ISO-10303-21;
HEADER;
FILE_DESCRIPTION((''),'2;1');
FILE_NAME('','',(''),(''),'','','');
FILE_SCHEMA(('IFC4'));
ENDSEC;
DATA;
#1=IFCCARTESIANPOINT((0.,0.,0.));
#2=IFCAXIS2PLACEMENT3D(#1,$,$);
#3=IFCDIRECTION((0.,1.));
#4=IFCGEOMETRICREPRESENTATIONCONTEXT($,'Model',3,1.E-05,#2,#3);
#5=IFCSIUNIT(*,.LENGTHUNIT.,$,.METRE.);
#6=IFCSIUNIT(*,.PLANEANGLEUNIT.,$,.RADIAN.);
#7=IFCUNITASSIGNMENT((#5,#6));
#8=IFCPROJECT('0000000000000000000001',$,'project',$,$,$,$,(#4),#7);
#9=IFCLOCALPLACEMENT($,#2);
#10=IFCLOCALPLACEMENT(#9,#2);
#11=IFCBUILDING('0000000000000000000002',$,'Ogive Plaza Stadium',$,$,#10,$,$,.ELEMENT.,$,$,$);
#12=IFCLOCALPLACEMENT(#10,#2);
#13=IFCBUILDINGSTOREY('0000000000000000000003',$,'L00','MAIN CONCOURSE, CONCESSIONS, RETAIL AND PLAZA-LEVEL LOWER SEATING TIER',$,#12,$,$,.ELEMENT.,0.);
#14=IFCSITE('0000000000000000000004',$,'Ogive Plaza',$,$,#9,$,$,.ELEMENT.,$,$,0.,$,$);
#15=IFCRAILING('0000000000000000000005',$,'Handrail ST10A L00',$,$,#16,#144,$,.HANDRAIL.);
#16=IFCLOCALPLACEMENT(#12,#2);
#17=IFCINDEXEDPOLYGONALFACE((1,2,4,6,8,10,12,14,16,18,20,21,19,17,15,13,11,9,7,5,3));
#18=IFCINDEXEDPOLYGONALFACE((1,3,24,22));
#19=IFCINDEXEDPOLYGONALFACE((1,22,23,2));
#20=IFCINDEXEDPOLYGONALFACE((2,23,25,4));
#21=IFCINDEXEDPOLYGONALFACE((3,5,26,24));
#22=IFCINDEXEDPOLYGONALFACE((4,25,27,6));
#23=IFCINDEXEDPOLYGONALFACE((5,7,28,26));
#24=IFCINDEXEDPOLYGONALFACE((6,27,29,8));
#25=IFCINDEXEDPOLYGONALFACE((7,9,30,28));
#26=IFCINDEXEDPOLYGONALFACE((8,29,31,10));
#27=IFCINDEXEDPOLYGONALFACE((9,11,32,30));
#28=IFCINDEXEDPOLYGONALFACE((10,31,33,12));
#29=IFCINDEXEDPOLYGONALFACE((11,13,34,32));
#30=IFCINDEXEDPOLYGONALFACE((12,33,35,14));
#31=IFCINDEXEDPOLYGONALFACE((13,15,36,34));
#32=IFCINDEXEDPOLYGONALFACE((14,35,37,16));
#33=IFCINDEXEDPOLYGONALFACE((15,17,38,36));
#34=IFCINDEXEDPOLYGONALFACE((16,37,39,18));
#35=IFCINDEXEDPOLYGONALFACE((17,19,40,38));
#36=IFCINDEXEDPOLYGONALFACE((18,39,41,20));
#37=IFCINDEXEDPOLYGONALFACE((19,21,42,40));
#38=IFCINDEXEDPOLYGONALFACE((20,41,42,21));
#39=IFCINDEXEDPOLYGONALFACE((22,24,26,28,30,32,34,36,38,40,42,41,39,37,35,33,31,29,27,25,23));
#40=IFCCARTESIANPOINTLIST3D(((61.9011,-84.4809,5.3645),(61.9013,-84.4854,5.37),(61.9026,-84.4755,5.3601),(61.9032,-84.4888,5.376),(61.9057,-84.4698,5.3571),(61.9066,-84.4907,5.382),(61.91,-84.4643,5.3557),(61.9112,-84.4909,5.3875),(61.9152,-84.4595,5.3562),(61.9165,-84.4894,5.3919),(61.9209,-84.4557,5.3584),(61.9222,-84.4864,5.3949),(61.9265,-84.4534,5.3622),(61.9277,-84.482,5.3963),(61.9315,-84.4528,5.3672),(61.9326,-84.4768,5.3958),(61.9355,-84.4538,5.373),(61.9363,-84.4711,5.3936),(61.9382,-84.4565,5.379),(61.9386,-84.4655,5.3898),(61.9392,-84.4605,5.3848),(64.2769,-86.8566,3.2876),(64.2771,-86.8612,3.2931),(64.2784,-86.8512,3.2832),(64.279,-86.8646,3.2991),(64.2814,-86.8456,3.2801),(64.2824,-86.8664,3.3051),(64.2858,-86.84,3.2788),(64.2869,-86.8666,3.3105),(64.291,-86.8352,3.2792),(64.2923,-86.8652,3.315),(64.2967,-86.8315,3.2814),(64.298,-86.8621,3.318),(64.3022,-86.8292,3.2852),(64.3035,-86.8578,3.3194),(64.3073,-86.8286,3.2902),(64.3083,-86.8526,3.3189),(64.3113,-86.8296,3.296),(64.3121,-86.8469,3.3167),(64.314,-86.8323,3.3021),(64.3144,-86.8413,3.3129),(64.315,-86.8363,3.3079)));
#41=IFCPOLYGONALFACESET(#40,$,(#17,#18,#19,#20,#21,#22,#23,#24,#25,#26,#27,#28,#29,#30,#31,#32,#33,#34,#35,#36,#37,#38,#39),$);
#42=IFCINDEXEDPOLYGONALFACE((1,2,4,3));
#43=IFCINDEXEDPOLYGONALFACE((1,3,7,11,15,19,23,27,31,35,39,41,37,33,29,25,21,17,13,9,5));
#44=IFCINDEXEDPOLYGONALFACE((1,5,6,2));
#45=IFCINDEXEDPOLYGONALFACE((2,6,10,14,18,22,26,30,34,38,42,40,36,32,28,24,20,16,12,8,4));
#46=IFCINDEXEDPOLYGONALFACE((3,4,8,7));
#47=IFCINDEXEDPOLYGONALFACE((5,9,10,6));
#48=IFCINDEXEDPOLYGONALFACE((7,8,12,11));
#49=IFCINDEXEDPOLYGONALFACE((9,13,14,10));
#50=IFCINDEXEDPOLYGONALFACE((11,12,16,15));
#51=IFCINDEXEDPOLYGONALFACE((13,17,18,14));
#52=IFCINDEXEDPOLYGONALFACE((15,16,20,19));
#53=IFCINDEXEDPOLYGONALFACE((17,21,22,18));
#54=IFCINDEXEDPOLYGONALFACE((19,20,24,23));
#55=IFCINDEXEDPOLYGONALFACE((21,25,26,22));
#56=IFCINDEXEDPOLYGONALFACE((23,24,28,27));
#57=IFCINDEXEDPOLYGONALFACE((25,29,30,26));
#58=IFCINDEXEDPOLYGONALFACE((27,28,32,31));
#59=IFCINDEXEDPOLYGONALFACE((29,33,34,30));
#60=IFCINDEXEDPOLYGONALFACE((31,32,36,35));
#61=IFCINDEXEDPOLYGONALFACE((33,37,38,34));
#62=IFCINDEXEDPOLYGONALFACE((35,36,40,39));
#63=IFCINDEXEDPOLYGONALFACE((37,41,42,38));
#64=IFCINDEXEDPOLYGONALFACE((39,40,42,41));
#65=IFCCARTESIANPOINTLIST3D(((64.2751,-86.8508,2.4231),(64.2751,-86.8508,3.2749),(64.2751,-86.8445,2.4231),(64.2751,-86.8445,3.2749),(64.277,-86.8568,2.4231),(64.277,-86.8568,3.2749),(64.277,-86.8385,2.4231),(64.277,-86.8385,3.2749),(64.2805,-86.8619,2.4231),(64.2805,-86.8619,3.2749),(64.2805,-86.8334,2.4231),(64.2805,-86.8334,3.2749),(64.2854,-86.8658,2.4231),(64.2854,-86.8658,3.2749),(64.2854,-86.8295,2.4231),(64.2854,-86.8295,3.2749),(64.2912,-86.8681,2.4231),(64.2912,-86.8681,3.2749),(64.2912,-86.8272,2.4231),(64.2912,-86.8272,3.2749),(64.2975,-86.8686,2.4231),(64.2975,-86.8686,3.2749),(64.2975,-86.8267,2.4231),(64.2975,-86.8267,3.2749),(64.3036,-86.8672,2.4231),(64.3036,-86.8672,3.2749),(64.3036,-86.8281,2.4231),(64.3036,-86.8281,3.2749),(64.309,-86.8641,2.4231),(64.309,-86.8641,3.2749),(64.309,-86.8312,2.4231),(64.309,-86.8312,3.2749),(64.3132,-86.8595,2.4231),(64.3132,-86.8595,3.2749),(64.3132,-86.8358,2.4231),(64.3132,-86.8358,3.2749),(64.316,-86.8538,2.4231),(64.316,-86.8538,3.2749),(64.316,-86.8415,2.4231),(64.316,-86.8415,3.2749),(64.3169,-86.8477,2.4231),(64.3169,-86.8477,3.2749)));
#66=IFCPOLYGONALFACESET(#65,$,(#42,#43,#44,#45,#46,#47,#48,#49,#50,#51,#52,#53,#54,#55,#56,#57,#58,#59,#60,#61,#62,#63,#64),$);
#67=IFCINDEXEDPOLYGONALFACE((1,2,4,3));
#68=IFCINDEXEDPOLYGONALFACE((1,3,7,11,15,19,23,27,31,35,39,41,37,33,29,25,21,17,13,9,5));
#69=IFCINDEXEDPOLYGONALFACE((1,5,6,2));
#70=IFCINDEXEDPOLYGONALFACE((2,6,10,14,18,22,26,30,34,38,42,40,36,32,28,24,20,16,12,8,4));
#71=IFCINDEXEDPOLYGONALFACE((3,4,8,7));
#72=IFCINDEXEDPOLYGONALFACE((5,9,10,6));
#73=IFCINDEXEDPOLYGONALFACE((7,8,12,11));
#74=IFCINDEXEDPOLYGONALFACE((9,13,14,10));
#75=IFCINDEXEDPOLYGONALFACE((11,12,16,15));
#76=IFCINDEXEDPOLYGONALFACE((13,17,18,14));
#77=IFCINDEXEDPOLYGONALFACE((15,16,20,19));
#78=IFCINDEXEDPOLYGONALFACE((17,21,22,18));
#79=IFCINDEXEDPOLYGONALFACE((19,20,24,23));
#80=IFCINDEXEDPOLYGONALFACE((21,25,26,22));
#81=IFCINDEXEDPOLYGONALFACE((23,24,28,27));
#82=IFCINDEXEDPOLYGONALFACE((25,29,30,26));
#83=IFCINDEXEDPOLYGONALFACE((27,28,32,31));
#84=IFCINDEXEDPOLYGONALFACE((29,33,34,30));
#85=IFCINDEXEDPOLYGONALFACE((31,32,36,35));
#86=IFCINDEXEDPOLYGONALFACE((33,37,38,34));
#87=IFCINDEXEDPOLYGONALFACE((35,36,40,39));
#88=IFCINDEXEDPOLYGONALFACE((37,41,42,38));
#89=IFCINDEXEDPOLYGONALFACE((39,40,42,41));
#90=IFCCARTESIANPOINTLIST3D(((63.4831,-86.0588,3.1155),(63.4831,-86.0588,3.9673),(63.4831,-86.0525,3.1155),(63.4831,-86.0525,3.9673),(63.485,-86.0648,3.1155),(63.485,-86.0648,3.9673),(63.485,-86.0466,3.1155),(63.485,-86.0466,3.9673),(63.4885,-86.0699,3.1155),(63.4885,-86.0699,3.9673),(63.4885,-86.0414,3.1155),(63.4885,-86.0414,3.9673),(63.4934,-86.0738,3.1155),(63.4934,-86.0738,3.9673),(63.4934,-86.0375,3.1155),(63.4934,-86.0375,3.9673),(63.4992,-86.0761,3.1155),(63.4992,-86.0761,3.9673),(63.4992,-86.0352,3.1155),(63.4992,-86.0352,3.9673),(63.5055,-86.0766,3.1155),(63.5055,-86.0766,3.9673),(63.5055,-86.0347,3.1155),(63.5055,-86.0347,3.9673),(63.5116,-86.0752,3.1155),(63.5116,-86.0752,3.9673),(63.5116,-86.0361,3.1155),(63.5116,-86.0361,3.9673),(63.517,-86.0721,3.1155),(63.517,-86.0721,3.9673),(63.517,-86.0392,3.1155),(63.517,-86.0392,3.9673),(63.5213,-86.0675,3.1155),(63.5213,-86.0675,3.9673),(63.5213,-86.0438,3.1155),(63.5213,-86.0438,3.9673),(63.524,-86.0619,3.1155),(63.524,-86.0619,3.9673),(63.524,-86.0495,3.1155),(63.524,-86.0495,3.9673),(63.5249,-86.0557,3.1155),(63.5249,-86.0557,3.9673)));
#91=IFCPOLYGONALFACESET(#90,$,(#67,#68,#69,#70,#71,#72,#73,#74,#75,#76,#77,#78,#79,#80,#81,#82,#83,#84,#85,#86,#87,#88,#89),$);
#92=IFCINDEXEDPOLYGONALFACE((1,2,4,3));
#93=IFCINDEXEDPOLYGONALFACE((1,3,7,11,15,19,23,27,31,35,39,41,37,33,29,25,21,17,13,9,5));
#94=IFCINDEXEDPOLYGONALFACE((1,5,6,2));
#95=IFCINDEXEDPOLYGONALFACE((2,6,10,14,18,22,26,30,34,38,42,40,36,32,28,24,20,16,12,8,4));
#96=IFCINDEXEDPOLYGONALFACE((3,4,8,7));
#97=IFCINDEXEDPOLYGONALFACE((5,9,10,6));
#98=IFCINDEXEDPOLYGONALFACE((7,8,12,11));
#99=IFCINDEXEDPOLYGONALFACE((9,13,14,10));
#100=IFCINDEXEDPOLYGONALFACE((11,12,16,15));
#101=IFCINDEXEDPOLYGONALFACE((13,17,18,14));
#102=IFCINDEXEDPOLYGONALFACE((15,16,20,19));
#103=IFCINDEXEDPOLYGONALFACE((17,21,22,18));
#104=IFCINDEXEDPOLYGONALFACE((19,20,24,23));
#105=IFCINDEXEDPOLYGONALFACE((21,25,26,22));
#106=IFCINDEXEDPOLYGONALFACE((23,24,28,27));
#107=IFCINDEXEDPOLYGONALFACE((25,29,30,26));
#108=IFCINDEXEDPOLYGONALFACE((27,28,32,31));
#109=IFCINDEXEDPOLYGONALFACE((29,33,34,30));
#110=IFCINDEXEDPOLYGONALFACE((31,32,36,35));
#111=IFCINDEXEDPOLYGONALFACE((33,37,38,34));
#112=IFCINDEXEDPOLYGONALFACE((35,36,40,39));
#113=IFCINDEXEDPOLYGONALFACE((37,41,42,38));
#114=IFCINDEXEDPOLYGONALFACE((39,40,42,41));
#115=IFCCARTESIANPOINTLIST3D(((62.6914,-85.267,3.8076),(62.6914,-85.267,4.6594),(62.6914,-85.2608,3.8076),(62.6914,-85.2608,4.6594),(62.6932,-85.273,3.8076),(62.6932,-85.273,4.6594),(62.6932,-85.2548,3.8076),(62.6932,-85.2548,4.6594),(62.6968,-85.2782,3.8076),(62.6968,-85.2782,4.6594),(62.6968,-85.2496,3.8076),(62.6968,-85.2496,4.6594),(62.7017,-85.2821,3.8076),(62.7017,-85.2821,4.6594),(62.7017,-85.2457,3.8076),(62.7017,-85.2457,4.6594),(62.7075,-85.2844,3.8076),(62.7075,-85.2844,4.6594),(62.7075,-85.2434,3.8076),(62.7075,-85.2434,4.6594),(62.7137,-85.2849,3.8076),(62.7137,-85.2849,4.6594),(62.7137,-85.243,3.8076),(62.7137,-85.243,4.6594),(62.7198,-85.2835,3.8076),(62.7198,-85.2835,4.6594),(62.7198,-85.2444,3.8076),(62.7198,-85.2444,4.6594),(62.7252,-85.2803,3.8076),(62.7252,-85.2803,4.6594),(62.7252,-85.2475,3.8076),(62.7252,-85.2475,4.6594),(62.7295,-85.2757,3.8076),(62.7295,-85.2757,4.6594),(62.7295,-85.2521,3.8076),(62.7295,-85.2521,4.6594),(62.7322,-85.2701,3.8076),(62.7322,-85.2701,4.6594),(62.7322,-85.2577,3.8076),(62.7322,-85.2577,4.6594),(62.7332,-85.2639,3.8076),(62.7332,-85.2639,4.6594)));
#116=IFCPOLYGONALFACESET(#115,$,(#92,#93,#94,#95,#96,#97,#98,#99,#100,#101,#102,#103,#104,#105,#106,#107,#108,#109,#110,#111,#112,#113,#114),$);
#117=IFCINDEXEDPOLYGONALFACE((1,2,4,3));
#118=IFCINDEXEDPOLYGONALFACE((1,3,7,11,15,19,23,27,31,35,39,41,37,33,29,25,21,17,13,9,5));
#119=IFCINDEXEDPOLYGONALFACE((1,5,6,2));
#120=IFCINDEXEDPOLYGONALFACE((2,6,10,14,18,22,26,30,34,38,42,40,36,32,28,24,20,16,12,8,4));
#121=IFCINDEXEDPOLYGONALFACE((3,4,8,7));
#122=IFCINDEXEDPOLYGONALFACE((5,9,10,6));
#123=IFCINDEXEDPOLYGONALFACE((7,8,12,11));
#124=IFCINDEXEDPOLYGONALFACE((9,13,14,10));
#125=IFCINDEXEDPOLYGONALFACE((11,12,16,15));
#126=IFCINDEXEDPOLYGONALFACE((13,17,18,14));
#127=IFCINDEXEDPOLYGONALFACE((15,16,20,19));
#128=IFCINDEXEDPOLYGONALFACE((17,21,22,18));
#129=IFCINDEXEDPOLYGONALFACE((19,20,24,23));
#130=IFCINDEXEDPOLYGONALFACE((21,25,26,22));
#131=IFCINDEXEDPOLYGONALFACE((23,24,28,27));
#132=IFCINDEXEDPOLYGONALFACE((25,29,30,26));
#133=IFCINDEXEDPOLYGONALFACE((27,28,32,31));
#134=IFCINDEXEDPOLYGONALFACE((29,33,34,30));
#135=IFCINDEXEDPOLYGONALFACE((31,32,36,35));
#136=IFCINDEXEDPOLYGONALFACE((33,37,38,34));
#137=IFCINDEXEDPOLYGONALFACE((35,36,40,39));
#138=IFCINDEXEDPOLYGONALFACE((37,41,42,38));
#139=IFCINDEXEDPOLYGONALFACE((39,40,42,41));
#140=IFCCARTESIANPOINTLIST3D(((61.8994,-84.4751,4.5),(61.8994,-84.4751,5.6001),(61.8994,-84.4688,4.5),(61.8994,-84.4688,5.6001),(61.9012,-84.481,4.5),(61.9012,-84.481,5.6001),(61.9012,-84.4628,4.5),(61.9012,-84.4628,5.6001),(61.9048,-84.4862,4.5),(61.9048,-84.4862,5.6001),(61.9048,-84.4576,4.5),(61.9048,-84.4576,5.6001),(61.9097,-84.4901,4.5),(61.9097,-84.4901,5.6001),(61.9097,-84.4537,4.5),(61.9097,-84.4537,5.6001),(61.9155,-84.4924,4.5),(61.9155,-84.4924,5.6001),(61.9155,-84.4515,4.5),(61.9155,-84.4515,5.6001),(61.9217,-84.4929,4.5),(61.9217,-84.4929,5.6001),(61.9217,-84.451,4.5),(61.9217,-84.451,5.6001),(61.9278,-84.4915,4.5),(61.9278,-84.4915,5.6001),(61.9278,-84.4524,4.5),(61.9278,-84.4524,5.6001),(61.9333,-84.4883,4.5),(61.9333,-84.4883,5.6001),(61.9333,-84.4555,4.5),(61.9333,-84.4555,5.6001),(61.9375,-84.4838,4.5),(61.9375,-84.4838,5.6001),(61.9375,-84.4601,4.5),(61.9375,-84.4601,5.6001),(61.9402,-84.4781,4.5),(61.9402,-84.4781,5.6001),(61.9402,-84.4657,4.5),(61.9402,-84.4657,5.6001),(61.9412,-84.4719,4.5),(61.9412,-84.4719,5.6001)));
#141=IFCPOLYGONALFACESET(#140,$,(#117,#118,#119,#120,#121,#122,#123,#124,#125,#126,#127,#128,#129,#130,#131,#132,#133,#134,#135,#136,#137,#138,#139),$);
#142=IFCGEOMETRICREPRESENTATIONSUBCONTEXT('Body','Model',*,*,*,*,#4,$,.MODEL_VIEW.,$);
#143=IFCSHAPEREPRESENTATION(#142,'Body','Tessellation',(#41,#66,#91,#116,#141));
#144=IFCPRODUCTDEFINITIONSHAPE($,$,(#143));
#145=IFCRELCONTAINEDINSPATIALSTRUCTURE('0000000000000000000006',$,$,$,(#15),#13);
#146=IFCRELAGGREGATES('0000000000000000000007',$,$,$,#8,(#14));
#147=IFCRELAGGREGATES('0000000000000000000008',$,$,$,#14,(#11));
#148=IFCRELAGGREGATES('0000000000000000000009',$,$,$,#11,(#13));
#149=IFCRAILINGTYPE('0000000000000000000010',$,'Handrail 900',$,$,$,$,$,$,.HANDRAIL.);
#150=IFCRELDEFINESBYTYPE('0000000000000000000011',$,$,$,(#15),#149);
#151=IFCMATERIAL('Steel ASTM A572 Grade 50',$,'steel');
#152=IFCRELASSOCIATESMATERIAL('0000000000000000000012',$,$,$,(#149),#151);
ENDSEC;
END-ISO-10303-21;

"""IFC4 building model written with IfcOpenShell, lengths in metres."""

from ifc_helpers import new_model, si_unit, direction, frame, origin, origin_2d, place, context, subcontext, project, spatial, circle, extrude, material, type_object, element, save


model = new_model("IFC4")

# Units and contexts
model_context = context("Model", 3, precision=1e-05, world=origin(), true_north=direction((0.0, 1.0)))
body_context = subcontext(model_context, "Body", "Model", "MODEL_VIEW")
ifc_project = project(units=[si_unit("LENGTHUNIT", "METRE"), si_unit("PLANEANGLEUNIT", "RADIAN")], contexts=[model_context])

# Site, building, storey
site_placement = place(None, origin())
site = spatial("IfcSite", under=ifc_project, at=site_placement, Name="Ogive Plaza", CompositionType="ELEMENT", RefElevation=0.0)
building_placement = place(site_placement, origin())
building = spatial("IfcBuilding", under=site, at=building_placement, Name="Ogive Plaza Stadium", CompositionType="ELEMENT")
storey_placement = place(building_placement, origin())
storey = spatial("IfcBuildingStorey", under=building, at=storey_placement, Name="L00", Description="MAIN CONCOURSE, CONCESSIONS, RETAIL AND PLAZA-LEVEL LOWER SEATING TIER", CompositionType="ELEMENT", Elevation=0.0)

# Railing
ifc_material_1 = material(Name="Steel ASTM A572 Grade 50", Category="steel")
railing_type_1 = type_object("IfcRailingType", Name="Handrail 900", PredefinedType="HANDRAIL", material=ifc_material_1)
for number, where, name in (
    (1, (64.2959, -86.8477, 2.4231), "Handrail ST10A L00"),
):
    element("IfcRailing", number, at=place(storey_placement, frame(where)), inside=storey, type_object=railing_type_1, Name=name, PredefinedType="HANDRAIL", context=body_context, shape_type="SweptSolid", body=[
        extrude(circle(Radius=0.0239, at=origin_2d()), frame((0.0, 0.0, 0.876), z_axis=(-0.601466, 0.601466, 0.525811), x_axis=(-0.707107, -0.707107, 0.0)), (0.0, 0.0, 1.0), 3.95),
        extrude(circle(Radius=0.021, at=origin_2d()), origin(), (0.0, 0.0, 1.0), 0.8518),
        extrude(circle(Radius=0.021, at=origin_2d()), frame((-0.792, 0.792, 0.6924)), (0.0, 0.0, 1.0), 0.8518),
        extrude(circle(Radius=0.021, at=origin_2d()), frame((-1.5837, 1.5837, 1.3845)), (0.0, 0.0, 1.0), 0.8518),
        extrude(circle(Radius=0.021, at=origin_2d()), frame((-2.3757, 2.3757, 2.0769)), (0.0, 0.0, 1.0), 1.1001),
    ])

save(model, "model.ifc")
